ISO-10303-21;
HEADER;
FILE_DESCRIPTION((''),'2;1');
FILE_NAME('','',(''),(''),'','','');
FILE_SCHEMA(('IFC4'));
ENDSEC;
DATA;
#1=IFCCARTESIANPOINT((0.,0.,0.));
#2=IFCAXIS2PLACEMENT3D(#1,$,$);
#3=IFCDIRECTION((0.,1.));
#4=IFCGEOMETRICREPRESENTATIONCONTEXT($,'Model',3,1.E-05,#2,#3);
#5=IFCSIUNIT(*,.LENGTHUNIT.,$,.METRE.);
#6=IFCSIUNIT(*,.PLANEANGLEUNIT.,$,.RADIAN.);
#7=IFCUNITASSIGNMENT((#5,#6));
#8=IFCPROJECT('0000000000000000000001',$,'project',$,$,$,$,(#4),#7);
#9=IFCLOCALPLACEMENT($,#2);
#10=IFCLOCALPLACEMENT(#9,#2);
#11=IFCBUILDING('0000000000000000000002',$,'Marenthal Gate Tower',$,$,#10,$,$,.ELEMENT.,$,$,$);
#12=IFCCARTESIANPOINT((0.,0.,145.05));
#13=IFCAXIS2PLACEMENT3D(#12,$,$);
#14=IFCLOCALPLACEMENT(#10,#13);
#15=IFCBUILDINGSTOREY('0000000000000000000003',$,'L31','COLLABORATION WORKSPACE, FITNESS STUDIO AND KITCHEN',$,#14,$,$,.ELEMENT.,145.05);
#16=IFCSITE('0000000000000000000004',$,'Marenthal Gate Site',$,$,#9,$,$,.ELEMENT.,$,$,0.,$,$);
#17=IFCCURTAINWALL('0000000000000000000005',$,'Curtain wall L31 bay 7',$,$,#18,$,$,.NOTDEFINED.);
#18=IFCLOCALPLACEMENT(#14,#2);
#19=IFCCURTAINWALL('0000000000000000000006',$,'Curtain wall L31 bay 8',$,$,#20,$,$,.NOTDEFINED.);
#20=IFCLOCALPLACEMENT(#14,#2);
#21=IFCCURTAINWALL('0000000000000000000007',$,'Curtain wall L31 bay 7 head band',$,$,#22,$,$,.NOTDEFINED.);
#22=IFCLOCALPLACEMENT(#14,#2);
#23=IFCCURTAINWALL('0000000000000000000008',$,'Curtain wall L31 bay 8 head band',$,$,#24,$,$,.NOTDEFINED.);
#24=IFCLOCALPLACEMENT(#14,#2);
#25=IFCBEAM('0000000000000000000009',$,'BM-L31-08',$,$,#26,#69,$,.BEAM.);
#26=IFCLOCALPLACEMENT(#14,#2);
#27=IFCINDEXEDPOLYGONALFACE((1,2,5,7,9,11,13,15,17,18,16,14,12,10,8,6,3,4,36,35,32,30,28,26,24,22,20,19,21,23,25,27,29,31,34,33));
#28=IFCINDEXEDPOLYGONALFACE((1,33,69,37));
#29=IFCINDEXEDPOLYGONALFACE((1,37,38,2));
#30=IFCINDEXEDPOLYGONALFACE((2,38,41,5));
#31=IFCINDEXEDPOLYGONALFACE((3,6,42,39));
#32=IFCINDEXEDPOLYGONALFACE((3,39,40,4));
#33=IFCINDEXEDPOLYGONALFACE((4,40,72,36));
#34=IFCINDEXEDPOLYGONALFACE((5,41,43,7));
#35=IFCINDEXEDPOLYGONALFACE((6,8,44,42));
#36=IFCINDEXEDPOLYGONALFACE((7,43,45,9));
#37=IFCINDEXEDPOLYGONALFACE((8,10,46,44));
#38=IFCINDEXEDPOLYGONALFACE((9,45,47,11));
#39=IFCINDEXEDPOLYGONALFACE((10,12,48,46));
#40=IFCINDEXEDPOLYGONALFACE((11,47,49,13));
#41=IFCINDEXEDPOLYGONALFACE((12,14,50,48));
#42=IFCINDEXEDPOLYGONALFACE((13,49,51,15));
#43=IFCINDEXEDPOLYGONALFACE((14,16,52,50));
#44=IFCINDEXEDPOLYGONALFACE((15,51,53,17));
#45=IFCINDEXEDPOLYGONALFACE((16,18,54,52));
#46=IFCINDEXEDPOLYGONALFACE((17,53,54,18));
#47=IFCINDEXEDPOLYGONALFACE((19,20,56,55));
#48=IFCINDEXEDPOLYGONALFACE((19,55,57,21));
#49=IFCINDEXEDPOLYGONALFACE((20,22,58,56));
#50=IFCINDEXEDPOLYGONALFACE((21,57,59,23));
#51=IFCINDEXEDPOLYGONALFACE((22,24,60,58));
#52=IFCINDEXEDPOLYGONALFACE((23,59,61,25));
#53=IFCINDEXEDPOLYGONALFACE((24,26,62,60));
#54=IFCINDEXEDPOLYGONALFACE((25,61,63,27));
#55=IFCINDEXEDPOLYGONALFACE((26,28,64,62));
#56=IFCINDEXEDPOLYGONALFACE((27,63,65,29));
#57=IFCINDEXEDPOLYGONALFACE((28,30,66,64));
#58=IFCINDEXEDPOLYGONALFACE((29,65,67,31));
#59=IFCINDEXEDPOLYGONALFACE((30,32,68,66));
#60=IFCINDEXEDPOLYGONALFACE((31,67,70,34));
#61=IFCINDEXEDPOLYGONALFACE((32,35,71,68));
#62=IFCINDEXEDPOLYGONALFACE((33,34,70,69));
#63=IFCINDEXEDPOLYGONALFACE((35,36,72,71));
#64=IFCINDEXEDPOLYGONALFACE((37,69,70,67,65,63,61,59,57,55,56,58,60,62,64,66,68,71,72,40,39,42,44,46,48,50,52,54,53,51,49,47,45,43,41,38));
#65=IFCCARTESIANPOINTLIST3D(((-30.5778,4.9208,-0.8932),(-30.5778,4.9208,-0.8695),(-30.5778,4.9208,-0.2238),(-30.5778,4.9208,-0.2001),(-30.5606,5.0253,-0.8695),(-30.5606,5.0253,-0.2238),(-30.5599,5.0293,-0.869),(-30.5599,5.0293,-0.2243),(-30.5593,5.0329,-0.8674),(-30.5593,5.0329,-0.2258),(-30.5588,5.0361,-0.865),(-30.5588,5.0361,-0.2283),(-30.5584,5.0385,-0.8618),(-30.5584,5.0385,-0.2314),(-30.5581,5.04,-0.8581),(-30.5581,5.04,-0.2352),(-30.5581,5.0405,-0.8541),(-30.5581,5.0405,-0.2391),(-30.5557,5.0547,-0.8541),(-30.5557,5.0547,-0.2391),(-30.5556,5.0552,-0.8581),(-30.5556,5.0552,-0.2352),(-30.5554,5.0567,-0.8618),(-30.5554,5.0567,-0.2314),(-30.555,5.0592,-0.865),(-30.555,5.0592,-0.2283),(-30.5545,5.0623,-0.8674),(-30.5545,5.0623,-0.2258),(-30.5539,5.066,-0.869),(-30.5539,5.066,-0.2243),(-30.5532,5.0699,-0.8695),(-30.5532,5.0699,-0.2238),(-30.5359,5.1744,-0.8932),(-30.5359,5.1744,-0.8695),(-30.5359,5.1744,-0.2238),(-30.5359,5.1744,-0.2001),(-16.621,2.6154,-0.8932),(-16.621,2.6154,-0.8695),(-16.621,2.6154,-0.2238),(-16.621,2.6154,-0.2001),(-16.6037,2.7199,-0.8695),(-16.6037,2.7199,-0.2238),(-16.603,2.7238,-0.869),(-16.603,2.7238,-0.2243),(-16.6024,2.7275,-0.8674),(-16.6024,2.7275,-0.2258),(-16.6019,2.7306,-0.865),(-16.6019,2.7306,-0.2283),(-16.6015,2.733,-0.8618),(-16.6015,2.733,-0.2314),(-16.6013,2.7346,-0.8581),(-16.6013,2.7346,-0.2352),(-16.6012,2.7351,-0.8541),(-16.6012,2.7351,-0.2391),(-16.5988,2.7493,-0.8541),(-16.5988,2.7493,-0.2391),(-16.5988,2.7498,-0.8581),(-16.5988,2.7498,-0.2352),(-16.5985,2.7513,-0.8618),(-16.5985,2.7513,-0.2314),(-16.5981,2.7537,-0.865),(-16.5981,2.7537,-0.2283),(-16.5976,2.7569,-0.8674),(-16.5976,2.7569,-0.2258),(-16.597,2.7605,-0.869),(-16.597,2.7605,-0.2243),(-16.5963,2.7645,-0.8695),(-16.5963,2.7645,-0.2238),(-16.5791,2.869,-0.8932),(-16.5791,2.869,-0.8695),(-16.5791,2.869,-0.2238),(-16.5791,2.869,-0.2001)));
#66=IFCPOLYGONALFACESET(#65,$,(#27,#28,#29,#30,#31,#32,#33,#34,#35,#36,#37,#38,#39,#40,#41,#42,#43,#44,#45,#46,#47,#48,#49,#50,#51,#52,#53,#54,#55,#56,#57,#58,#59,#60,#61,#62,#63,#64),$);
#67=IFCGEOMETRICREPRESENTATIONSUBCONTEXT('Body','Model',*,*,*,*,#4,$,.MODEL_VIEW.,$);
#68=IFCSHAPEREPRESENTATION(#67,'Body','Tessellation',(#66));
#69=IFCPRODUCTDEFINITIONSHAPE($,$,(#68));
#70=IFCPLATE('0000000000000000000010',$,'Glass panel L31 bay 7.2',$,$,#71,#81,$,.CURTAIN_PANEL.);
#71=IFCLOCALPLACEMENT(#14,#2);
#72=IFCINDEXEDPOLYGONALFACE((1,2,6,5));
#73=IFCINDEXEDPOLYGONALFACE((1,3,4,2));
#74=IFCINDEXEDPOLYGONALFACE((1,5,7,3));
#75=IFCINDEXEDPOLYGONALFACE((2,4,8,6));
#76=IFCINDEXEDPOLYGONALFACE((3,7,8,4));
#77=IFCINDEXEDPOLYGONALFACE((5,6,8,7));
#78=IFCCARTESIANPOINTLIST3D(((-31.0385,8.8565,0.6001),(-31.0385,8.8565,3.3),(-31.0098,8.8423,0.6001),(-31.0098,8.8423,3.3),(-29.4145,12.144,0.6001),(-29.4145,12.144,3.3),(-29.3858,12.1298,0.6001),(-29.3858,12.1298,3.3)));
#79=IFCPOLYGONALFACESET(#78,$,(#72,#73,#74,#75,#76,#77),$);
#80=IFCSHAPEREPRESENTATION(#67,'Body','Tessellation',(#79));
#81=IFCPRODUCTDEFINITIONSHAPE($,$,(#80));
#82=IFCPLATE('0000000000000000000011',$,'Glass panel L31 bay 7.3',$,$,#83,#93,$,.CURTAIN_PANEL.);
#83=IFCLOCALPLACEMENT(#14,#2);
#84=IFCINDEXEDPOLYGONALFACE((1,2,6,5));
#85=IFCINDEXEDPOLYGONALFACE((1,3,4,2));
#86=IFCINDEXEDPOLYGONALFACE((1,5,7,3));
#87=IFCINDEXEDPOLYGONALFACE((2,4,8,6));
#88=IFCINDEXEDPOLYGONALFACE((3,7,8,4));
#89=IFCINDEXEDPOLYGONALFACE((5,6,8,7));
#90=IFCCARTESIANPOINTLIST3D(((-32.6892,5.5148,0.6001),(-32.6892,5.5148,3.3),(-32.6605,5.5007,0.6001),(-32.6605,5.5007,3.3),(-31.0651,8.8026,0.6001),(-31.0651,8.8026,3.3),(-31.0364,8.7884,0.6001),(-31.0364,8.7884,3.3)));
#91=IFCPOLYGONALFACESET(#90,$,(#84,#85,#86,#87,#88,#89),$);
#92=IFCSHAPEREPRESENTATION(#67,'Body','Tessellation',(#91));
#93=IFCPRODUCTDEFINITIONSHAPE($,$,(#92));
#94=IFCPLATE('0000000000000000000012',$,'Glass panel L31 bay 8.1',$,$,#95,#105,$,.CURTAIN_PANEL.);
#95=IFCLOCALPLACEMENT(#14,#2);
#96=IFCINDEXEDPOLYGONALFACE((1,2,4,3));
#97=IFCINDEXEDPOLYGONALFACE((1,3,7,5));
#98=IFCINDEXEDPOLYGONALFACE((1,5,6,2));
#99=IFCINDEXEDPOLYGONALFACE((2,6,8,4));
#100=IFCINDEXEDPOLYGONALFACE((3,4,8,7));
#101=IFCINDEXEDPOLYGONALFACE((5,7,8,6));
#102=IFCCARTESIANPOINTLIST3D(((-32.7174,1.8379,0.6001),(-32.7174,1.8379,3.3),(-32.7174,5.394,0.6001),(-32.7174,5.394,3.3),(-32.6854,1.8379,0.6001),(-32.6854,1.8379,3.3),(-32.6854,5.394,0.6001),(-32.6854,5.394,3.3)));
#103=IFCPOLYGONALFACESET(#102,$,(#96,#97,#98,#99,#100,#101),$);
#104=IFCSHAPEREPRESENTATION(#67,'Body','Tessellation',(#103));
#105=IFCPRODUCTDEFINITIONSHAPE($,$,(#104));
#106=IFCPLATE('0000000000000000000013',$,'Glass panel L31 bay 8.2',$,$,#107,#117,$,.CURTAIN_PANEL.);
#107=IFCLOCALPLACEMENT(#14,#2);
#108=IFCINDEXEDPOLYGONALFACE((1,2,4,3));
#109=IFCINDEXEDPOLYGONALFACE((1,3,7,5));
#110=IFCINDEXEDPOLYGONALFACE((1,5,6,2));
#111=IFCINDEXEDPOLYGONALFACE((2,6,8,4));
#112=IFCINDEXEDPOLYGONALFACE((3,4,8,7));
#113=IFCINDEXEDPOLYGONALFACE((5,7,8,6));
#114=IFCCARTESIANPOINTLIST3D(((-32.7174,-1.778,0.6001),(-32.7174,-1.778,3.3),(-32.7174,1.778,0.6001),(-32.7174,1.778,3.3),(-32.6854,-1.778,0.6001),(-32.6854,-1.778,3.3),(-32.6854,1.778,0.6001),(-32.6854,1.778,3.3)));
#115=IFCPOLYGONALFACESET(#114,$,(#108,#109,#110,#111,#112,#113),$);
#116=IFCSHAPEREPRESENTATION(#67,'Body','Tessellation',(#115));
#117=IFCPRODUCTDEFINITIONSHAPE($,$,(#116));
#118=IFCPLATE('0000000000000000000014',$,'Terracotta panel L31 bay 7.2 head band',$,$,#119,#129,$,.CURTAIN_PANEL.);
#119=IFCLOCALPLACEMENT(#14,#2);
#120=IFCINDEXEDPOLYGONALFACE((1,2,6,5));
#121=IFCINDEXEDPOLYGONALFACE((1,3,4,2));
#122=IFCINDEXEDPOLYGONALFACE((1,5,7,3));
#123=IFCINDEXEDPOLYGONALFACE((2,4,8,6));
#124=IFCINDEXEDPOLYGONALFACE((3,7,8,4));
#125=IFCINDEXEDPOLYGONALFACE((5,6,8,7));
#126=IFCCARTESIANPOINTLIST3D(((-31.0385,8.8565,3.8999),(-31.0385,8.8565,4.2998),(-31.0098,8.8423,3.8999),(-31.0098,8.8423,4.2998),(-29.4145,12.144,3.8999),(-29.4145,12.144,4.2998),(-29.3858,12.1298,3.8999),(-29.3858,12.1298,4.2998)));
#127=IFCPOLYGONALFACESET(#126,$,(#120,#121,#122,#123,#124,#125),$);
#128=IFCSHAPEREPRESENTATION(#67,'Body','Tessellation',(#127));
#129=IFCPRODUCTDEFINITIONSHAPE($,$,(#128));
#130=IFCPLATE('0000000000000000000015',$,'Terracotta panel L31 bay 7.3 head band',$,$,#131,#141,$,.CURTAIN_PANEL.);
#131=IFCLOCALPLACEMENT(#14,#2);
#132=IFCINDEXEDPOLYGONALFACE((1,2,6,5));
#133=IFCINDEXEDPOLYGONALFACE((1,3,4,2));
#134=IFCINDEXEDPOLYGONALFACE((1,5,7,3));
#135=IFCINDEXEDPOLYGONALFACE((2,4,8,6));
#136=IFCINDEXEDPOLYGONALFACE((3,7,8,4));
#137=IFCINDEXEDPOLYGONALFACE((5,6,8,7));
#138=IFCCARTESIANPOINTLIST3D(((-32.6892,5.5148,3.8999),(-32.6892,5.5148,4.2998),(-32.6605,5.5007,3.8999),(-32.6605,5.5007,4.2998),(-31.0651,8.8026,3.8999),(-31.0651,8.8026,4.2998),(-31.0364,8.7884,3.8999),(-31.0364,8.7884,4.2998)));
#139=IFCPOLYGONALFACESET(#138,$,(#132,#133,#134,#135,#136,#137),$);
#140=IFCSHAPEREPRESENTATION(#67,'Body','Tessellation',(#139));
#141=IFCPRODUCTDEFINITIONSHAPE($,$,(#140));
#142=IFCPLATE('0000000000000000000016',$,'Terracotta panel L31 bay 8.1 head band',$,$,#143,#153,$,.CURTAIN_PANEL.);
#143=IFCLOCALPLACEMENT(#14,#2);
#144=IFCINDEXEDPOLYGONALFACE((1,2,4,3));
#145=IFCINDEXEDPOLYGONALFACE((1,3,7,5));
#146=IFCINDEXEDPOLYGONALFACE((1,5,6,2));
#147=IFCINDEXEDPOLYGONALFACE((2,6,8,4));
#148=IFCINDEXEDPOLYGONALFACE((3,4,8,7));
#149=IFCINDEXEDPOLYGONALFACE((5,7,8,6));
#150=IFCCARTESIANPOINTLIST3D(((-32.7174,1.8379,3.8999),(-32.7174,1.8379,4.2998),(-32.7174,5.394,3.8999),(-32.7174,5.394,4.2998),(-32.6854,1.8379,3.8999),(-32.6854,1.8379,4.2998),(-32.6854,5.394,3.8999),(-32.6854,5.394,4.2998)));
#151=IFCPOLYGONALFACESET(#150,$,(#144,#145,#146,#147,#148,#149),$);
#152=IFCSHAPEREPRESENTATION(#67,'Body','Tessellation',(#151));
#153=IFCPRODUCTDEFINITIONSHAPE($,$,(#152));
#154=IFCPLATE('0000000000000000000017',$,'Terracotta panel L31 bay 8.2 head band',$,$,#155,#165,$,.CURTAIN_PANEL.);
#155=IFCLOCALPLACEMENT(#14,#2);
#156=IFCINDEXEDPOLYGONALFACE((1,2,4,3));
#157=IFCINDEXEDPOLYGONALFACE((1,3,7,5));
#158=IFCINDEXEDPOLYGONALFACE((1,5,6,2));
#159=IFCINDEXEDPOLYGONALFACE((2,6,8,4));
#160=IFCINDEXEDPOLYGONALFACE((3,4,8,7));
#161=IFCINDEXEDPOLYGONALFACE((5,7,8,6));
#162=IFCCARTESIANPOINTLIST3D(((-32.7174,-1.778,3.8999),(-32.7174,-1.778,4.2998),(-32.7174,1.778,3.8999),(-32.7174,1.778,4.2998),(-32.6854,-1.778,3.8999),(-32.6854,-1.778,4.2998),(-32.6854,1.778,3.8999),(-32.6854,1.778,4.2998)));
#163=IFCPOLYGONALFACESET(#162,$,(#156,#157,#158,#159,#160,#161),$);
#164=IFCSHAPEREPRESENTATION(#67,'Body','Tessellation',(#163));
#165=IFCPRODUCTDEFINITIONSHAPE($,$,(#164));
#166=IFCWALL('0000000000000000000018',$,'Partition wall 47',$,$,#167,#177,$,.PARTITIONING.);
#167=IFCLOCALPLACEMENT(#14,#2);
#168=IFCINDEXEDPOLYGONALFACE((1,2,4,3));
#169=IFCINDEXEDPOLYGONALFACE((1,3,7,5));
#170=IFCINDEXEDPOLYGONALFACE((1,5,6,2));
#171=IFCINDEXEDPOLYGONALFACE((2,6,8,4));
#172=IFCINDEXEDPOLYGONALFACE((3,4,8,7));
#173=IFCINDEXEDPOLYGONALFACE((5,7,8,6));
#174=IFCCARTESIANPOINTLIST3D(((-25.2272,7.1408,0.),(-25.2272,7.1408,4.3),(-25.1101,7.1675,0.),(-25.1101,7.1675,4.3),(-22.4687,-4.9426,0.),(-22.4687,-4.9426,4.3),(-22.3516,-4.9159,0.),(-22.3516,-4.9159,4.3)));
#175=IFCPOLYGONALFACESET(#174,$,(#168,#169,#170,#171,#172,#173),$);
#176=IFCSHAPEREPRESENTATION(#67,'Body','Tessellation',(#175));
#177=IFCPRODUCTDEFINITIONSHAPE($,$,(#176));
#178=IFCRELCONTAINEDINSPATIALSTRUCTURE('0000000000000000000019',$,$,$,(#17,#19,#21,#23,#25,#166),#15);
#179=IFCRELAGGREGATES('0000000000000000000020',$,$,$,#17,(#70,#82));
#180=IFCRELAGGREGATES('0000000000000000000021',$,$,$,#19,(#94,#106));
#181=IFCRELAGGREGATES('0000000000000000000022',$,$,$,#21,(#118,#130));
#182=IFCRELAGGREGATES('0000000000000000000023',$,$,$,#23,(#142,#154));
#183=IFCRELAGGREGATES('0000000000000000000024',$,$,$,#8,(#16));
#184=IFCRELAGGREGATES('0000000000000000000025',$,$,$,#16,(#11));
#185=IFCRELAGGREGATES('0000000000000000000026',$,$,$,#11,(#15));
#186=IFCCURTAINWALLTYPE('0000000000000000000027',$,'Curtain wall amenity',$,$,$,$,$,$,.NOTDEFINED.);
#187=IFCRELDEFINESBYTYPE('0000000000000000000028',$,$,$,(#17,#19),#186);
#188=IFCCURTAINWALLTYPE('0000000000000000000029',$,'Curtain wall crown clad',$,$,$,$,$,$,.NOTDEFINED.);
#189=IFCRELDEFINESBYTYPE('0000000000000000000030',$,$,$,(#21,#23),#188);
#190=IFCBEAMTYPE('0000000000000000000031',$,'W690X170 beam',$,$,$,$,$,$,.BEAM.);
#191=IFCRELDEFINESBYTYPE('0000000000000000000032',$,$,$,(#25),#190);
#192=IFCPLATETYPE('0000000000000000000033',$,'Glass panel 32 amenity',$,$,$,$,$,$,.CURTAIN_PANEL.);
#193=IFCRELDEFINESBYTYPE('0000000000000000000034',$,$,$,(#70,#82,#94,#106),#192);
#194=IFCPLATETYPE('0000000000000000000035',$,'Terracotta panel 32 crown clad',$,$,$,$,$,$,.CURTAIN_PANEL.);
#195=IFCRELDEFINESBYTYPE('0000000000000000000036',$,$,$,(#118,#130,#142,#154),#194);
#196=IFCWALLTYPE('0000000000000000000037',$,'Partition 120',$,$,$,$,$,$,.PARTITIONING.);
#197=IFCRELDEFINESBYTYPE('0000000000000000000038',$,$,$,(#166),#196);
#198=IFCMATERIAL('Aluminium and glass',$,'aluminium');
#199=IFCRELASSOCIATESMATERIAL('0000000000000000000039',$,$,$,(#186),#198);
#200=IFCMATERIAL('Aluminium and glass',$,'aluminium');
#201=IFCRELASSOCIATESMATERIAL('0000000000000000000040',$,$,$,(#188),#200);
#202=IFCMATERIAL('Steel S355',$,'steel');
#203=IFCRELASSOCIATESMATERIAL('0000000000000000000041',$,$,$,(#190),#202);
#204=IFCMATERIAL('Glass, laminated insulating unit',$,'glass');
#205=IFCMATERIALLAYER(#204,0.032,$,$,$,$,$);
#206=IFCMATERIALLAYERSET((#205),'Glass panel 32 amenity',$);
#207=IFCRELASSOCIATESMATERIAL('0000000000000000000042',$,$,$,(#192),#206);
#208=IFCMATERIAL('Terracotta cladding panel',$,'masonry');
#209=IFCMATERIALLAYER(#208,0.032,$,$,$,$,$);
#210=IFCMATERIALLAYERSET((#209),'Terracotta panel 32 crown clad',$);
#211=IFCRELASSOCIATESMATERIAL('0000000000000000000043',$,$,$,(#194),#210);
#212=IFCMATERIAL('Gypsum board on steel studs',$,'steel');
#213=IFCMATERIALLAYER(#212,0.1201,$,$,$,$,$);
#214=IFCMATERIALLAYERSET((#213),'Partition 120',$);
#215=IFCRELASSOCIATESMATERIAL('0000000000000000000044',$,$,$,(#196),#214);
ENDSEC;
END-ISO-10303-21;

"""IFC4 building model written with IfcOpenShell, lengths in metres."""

from ifc_helpers import new_model, si_unit, direction, frame, frame_2d, origin, origin_2d, place, context, subcontext, project, spatial, rectangle, i_section, extrude, material, layer, layer_set, material_profile, profile_set, type_object, element, aggregate, save


model = new_model("IFC4")

# Units and contexts
model_context = context("Model", 3, precision=1e-05, world=origin(), true_north=direction((0.0, 1.0)))
body_context = subcontext(model_context, "Body", "Model", "MODEL_VIEW")
ifc_project = project(units=[si_unit("LENGTHUNIT", "METRE"), si_unit("PLANEANGLEUNIT", "RADIAN")], contexts=[model_context])

# Site, building, storey
site_placement = place(None, origin())
site = spatial("IfcSite", under=ifc_project, at=site_placement, Name="Marenthal Gate Site", CompositionType="ELEMENT", RefElevation=0.0)
building_placement = place(site_placement, origin())
building = spatial("IfcBuilding", under=site, at=building_placement, Name="Marenthal Gate Tower", CompositionType="ELEMENT")
storey_placement = place(building_placement, frame((0.0, 0.0, 145.05)))
storey = spatial("IfcBuildingStorey", under=building, at=storey_placement, Name="L31", Description="COLLABORATION WORKSPACE, FITNESS STUDIO AND KITCHEN", CompositionType="ELEMENT", Elevation=145.05)

# Curtain walls
ifc_material_1 = material(Name="Aluminium and glass", Category="aluminium")
curtain_wall_type_1 = type_object("IfcCurtainWallType", Name="Curtain wall amenity", PredefinedType="NOTDEFINED", material=ifc_material_1)
curtain_wall_1_placement = place(storey_placement, origin())
curtain_wall_1 = element("IfcCurtainWall", 1, at=curtain_wall_1_placement, inside=storey, type_object=curtain_wall_type_1, Name="Curtain wall L31 bay 7", PredefinedType="NOTDEFINED")
curtain_wall_2_placement = place(storey_placement, origin())
curtain_wall_2 = element("IfcCurtainWall", 2, at=curtain_wall_2_placement, inside=storey, type_object=curtain_wall_type_1, Name="Curtain wall L31 bay 8", PredefinedType="NOTDEFINED")
ifc_material_2 = material(Name="Aluminium and glass", Category="aluminium")
curtain_wall_type_2 = type_object("IfcCurtainWallType", Name="Curtain wall crown clad", PredefinedType="NOTDEFINED", material=ifc_material_2)
curtain_wall_3_placement = place(storey_placement, origin())
curtain_wall_3 = element("IfcCurtainWall", 3, at=curtain_wall_3_placement, inside=storey, type_object=curtain_wall_type_2, Name="Curtain wall L31 bay 7 head band", PredefinedType="NOTDEFINED")
curtain_wall_4_placement = place(storey_placement, origin())
curtain_wall_4 = element("IfcCurtainWall", 4, at=curtain_wall_4_placement, inside=storey, type_object=curtain_wall_type_2, Name="Curtain wall L31 bay 8 head band", PredefinedType="NOTDEFINED")

# Beam
ifc_material_3 = material(Name="Steel S355", Category="steel")
ifc_material_profile_1 = material_profile(ifc_material_3, i_section(OverallWidth=0.2571, OverallDepth=0.6931, WebThickness=0.0144, FlangeThickness=0.0237, FilletRadius=0.0154, at=origin_2d()), Name="W690X170")
ifc_profile_set_1 = profile_set([ifc_material_profile_1], Name="Steel S355")
beam_type_1 = type_object("IfcBeamType", Name="W690X170 beam", PredefinedType="BEAM", material=ifc_profile_set_1)
beam_1_placement = place(storey_placement, frame((-30.5569, 5.0476, -0.5466), z_axis=(0.98663, -0.162974, 0.0), x_axis=(0.162974, 0.98663, 0.0)))
element("IfcBeam", 5, at=beam_1_placement, inside=storey, type_object=beam_type_1, Name="BM-L31-08", PredefinedType="BEAM", context=body_context, shape_type="SweptSolid", body=[
    extrude(i_section(OverallWidth=0.2571, OverallDepth=0.6931, WebThickness=0.0144, FlangeThickness=0.0237, FilletRadius=0.0154, at=origin_2d()), origin(), (0.0, 0.0, 1.0), 14.146),
])

# Plates
ifc_material_4 = material(Name="Glass, laminated insulating unit", Category="glass")
ifc_layer_1 = layer(ifc_material_4, 0.032)
ifc_layer_set_1 = layer_set([ifc_layer_1], Name="Glass panel 32 amenity")
plate_type_1 = type_object("IfcPlateType", Name="Glass panel 32 amenity", PredefinedType="CURTAIN_PANEL", material=ifc_layer_set_1)
plate_1_placement = place(storey_placement, frame((-30.2122, 10.4932, 0.6001), z_axis=(0.0, 0.0, 1.0), x_axis=(-0.442895, -0.896573, 0.0)))
plate_1 = element("IfcPlate", 6, at=plate_1_placement, type_object=plate_type_1, Name="Glass panel L31 bay 7.2", PredefinedType="CURTAIN_PANEL", context=body_context, shape_type="SweptSolid", body=[
    extrude(rectangle(XDim=3.6667, YDim=0.032, at=origin_2d()), origin(), (0.0, 0.0, 1.0), 2.7),
])
plate_2_placement = place(storey_placement, frame((-31.8628, 7.1516, 0.6001), z_axis=(0.0, 0.0, 1.0), x_axis=(-0.442895, -0.896573, 0.0)))
plate_2 = element("IfcPlate", 7, at=plate_2_placement, type_object=plate_type_1, Name="Glass panel L31 bay 7.3", PredefinedType="CURTAIN_PANEL", context=body_context, shape_type="SweptSolid", body=[
    extrude(rectangle(XDim=3.667, YDim=0.032, at=origin_2d()), origin(), (0.0, 0.0, 1.0), 2.7),
])
aggregate(curtain_wall_1, [plate_1, plate_2])
plate_3_placement = place(storey_placement, frame((-32.7014, 3.616, 0.6001), z_axis=(0.0, 0.0, 1.0), x_axis=(0.0, -1.0, 0.0)))
plate_3 = element("IfcPlate", 8, at=plate_3_placement, type_object=plate_type_1, Name="Glass panel L31 bay 8.1", PredefinedType="CURTAIN_PANEL", context=body_context, shape_type="SweptSolid", body=[
    extrude(rectangle(XDim=3.5562, YDim=0.032, at=origin_2d()), origin(), (0.0, 0.0, 1.0), 2.7),
])
plate_4_placement = place(storey_placement, frame((-32.7014, 0.0, 0.6001), z_axis=(0.0, 0.0, 1.0), x_axis=(0.0, -1.0, 0.0)))
plate_4 = element("IfcPlate", 9, at=plate_4_placement, type_object=plate_type_1, Name="Glass panel L31 bay 8.2", PredefinedType="CURTAIN_PANEL", context=body_context, shape_type="SweptSolid", body=[
    extrude(rectangle(XDim=3.5559, YDim=0.032, at=origin_2d()), origin(), (0.0, 0.0, 1.0), 2.7),
])
aggregate(curtain_wall_2, [plate_3, plate_4])
ifc_material_5 = material(Name="Terracotta cladding panel", Category="masonry")
ifc_layer_2 = layer(ifc_material_5, 0.032)
ifc_layer_set_2 = layer_set([ifc_layer_2], Name="Terracotta panel 32 crown clad")
plate_type_2 = type_object("IfcPlateType", Name="Terracotta panel 32 crown clad", PredefinedType="CURTAIN_PANEL", material=ifc_layer_set_2)
plate_5_placement = place(storey_placement, frame((-30.2122, 10.4932, 3.8999), z_axis=(0.0, 0.0, 1.0), x_axis=(-0.442895, -0.896573, 0.0)))
plate_5 = element("IfcPlate", 10, at=plate_5_placement, type_object=plate_type_2, Name="Terracotta panel L31 bay 7.2 head band", PredefinedType="CURTAIN_PANEL", context=body_context, shape_type="SweptSolid", body=[
    extrude(rectangle(XDim=3.6667, YDim=0.032, at=origin_2d()), origin(), (0.0, 0.0, 1.0), 0.3999),
])
plate_6_placement = place(storey_placement, frame((-31.8628, 7.1516, 3.8999), z_axis=(0.0, 0.0, 1.0), x_axis=(-0.442895, -0.896573, 0.0)))
plate_6 = element("IfcPlate", 11, at=plate_6_placement, type_object=plate_type_2, Name="Terracotta panel L31 bay 7.3 head band", PredefinedType="CURTAIN_PANEL", context=body_context, shape_type="SweptSolid", body=[
    extrude(rectangle(XDim=3.667, YDim=0.032, at=origin_2d()), origin(), (0.0, 0.0, 1.0), 0.3999),
])
aggregate(curtain_wall_3, [plate_5, plate_6])
plate_7_placement = place(storey_placement, frame((-32.7014, 3.616, 3.8999), z_axis=(0.0, 0.0, 1.0), x_axis=(0.0, -1.0, 0.0)))
plate_7 = element("IfcPlate", 12, at=plate_7_placement, type_object=plate_type_2, Name="Terracotta panel L31 bay 8.1 head band", PredefinedType="CURTAIN_PANEL", context=body_context, shape_type="SweptSolid", body=[
    extrude(rectangle(XDim=3.5562, YDim=0.032, at=origin_2d()), origin(), (0.0, 0.0, 1.0), 0.3999),
])
plate_8_placement = place(storey_placement, frame((-32.7014, 0.0, 3.8999), z_axis=(0.0, 0.0, 1.0), x_axis=(0.0, -1.0, 0.0)))
plate_8 = element("IfcPlate", 13, at=plate_8_placement, type_object=plate_type_2, Name="Terracotta panel L31 bay 8.2 head band", PredefinedType="CURTAIN_PANEL", context=body_context, shape_type="SweptSolid", body=[
    extrude(rectangle(XDim=3.5559, YDim=0.032, at=origin_2d()), origin(), (0.0, 0.0, 1.0), 0.3999),
])
aggregate(curtain_wall_4, [plate_7, plate_8])

# Wall
ifc_material_6 = material(Name="Gypsum board on steel studs", Category="steel")
ifc_layer_3 = layer(ifc_material_6, 0.1201)
ifc_layer_set_3 = layer_set([ifc_layer_3], Name="Partition 120")
wall_type = type_object("IfcWallType", Name="Partition 120", PredefinedType="PARTITIONING", material=ifc_layer_set_3)
wall_1_placement = place(storey_placement, frame((-25.1687, 7.1543, 0.0), z_axis=(0.0, 0.0, 1.0), x_axis=(0.222564, -0.974918, 0.0)))
element("IfcWall", 14, at=wall_1_placement, inside=storey, type_object=wall_type, Name="Partition wall 47", PredefinedType="PARTITIONING", context=body_context, shape_type="SweptSolid", body=[
    extrude(rectangle(XDim=12.3943, YDim=0.1201, at=frame_2d((6.1973, 0.0))), origin(), (0.0, 0.0, 1.0), 4.3),
])

save(model, "model.ifc")
